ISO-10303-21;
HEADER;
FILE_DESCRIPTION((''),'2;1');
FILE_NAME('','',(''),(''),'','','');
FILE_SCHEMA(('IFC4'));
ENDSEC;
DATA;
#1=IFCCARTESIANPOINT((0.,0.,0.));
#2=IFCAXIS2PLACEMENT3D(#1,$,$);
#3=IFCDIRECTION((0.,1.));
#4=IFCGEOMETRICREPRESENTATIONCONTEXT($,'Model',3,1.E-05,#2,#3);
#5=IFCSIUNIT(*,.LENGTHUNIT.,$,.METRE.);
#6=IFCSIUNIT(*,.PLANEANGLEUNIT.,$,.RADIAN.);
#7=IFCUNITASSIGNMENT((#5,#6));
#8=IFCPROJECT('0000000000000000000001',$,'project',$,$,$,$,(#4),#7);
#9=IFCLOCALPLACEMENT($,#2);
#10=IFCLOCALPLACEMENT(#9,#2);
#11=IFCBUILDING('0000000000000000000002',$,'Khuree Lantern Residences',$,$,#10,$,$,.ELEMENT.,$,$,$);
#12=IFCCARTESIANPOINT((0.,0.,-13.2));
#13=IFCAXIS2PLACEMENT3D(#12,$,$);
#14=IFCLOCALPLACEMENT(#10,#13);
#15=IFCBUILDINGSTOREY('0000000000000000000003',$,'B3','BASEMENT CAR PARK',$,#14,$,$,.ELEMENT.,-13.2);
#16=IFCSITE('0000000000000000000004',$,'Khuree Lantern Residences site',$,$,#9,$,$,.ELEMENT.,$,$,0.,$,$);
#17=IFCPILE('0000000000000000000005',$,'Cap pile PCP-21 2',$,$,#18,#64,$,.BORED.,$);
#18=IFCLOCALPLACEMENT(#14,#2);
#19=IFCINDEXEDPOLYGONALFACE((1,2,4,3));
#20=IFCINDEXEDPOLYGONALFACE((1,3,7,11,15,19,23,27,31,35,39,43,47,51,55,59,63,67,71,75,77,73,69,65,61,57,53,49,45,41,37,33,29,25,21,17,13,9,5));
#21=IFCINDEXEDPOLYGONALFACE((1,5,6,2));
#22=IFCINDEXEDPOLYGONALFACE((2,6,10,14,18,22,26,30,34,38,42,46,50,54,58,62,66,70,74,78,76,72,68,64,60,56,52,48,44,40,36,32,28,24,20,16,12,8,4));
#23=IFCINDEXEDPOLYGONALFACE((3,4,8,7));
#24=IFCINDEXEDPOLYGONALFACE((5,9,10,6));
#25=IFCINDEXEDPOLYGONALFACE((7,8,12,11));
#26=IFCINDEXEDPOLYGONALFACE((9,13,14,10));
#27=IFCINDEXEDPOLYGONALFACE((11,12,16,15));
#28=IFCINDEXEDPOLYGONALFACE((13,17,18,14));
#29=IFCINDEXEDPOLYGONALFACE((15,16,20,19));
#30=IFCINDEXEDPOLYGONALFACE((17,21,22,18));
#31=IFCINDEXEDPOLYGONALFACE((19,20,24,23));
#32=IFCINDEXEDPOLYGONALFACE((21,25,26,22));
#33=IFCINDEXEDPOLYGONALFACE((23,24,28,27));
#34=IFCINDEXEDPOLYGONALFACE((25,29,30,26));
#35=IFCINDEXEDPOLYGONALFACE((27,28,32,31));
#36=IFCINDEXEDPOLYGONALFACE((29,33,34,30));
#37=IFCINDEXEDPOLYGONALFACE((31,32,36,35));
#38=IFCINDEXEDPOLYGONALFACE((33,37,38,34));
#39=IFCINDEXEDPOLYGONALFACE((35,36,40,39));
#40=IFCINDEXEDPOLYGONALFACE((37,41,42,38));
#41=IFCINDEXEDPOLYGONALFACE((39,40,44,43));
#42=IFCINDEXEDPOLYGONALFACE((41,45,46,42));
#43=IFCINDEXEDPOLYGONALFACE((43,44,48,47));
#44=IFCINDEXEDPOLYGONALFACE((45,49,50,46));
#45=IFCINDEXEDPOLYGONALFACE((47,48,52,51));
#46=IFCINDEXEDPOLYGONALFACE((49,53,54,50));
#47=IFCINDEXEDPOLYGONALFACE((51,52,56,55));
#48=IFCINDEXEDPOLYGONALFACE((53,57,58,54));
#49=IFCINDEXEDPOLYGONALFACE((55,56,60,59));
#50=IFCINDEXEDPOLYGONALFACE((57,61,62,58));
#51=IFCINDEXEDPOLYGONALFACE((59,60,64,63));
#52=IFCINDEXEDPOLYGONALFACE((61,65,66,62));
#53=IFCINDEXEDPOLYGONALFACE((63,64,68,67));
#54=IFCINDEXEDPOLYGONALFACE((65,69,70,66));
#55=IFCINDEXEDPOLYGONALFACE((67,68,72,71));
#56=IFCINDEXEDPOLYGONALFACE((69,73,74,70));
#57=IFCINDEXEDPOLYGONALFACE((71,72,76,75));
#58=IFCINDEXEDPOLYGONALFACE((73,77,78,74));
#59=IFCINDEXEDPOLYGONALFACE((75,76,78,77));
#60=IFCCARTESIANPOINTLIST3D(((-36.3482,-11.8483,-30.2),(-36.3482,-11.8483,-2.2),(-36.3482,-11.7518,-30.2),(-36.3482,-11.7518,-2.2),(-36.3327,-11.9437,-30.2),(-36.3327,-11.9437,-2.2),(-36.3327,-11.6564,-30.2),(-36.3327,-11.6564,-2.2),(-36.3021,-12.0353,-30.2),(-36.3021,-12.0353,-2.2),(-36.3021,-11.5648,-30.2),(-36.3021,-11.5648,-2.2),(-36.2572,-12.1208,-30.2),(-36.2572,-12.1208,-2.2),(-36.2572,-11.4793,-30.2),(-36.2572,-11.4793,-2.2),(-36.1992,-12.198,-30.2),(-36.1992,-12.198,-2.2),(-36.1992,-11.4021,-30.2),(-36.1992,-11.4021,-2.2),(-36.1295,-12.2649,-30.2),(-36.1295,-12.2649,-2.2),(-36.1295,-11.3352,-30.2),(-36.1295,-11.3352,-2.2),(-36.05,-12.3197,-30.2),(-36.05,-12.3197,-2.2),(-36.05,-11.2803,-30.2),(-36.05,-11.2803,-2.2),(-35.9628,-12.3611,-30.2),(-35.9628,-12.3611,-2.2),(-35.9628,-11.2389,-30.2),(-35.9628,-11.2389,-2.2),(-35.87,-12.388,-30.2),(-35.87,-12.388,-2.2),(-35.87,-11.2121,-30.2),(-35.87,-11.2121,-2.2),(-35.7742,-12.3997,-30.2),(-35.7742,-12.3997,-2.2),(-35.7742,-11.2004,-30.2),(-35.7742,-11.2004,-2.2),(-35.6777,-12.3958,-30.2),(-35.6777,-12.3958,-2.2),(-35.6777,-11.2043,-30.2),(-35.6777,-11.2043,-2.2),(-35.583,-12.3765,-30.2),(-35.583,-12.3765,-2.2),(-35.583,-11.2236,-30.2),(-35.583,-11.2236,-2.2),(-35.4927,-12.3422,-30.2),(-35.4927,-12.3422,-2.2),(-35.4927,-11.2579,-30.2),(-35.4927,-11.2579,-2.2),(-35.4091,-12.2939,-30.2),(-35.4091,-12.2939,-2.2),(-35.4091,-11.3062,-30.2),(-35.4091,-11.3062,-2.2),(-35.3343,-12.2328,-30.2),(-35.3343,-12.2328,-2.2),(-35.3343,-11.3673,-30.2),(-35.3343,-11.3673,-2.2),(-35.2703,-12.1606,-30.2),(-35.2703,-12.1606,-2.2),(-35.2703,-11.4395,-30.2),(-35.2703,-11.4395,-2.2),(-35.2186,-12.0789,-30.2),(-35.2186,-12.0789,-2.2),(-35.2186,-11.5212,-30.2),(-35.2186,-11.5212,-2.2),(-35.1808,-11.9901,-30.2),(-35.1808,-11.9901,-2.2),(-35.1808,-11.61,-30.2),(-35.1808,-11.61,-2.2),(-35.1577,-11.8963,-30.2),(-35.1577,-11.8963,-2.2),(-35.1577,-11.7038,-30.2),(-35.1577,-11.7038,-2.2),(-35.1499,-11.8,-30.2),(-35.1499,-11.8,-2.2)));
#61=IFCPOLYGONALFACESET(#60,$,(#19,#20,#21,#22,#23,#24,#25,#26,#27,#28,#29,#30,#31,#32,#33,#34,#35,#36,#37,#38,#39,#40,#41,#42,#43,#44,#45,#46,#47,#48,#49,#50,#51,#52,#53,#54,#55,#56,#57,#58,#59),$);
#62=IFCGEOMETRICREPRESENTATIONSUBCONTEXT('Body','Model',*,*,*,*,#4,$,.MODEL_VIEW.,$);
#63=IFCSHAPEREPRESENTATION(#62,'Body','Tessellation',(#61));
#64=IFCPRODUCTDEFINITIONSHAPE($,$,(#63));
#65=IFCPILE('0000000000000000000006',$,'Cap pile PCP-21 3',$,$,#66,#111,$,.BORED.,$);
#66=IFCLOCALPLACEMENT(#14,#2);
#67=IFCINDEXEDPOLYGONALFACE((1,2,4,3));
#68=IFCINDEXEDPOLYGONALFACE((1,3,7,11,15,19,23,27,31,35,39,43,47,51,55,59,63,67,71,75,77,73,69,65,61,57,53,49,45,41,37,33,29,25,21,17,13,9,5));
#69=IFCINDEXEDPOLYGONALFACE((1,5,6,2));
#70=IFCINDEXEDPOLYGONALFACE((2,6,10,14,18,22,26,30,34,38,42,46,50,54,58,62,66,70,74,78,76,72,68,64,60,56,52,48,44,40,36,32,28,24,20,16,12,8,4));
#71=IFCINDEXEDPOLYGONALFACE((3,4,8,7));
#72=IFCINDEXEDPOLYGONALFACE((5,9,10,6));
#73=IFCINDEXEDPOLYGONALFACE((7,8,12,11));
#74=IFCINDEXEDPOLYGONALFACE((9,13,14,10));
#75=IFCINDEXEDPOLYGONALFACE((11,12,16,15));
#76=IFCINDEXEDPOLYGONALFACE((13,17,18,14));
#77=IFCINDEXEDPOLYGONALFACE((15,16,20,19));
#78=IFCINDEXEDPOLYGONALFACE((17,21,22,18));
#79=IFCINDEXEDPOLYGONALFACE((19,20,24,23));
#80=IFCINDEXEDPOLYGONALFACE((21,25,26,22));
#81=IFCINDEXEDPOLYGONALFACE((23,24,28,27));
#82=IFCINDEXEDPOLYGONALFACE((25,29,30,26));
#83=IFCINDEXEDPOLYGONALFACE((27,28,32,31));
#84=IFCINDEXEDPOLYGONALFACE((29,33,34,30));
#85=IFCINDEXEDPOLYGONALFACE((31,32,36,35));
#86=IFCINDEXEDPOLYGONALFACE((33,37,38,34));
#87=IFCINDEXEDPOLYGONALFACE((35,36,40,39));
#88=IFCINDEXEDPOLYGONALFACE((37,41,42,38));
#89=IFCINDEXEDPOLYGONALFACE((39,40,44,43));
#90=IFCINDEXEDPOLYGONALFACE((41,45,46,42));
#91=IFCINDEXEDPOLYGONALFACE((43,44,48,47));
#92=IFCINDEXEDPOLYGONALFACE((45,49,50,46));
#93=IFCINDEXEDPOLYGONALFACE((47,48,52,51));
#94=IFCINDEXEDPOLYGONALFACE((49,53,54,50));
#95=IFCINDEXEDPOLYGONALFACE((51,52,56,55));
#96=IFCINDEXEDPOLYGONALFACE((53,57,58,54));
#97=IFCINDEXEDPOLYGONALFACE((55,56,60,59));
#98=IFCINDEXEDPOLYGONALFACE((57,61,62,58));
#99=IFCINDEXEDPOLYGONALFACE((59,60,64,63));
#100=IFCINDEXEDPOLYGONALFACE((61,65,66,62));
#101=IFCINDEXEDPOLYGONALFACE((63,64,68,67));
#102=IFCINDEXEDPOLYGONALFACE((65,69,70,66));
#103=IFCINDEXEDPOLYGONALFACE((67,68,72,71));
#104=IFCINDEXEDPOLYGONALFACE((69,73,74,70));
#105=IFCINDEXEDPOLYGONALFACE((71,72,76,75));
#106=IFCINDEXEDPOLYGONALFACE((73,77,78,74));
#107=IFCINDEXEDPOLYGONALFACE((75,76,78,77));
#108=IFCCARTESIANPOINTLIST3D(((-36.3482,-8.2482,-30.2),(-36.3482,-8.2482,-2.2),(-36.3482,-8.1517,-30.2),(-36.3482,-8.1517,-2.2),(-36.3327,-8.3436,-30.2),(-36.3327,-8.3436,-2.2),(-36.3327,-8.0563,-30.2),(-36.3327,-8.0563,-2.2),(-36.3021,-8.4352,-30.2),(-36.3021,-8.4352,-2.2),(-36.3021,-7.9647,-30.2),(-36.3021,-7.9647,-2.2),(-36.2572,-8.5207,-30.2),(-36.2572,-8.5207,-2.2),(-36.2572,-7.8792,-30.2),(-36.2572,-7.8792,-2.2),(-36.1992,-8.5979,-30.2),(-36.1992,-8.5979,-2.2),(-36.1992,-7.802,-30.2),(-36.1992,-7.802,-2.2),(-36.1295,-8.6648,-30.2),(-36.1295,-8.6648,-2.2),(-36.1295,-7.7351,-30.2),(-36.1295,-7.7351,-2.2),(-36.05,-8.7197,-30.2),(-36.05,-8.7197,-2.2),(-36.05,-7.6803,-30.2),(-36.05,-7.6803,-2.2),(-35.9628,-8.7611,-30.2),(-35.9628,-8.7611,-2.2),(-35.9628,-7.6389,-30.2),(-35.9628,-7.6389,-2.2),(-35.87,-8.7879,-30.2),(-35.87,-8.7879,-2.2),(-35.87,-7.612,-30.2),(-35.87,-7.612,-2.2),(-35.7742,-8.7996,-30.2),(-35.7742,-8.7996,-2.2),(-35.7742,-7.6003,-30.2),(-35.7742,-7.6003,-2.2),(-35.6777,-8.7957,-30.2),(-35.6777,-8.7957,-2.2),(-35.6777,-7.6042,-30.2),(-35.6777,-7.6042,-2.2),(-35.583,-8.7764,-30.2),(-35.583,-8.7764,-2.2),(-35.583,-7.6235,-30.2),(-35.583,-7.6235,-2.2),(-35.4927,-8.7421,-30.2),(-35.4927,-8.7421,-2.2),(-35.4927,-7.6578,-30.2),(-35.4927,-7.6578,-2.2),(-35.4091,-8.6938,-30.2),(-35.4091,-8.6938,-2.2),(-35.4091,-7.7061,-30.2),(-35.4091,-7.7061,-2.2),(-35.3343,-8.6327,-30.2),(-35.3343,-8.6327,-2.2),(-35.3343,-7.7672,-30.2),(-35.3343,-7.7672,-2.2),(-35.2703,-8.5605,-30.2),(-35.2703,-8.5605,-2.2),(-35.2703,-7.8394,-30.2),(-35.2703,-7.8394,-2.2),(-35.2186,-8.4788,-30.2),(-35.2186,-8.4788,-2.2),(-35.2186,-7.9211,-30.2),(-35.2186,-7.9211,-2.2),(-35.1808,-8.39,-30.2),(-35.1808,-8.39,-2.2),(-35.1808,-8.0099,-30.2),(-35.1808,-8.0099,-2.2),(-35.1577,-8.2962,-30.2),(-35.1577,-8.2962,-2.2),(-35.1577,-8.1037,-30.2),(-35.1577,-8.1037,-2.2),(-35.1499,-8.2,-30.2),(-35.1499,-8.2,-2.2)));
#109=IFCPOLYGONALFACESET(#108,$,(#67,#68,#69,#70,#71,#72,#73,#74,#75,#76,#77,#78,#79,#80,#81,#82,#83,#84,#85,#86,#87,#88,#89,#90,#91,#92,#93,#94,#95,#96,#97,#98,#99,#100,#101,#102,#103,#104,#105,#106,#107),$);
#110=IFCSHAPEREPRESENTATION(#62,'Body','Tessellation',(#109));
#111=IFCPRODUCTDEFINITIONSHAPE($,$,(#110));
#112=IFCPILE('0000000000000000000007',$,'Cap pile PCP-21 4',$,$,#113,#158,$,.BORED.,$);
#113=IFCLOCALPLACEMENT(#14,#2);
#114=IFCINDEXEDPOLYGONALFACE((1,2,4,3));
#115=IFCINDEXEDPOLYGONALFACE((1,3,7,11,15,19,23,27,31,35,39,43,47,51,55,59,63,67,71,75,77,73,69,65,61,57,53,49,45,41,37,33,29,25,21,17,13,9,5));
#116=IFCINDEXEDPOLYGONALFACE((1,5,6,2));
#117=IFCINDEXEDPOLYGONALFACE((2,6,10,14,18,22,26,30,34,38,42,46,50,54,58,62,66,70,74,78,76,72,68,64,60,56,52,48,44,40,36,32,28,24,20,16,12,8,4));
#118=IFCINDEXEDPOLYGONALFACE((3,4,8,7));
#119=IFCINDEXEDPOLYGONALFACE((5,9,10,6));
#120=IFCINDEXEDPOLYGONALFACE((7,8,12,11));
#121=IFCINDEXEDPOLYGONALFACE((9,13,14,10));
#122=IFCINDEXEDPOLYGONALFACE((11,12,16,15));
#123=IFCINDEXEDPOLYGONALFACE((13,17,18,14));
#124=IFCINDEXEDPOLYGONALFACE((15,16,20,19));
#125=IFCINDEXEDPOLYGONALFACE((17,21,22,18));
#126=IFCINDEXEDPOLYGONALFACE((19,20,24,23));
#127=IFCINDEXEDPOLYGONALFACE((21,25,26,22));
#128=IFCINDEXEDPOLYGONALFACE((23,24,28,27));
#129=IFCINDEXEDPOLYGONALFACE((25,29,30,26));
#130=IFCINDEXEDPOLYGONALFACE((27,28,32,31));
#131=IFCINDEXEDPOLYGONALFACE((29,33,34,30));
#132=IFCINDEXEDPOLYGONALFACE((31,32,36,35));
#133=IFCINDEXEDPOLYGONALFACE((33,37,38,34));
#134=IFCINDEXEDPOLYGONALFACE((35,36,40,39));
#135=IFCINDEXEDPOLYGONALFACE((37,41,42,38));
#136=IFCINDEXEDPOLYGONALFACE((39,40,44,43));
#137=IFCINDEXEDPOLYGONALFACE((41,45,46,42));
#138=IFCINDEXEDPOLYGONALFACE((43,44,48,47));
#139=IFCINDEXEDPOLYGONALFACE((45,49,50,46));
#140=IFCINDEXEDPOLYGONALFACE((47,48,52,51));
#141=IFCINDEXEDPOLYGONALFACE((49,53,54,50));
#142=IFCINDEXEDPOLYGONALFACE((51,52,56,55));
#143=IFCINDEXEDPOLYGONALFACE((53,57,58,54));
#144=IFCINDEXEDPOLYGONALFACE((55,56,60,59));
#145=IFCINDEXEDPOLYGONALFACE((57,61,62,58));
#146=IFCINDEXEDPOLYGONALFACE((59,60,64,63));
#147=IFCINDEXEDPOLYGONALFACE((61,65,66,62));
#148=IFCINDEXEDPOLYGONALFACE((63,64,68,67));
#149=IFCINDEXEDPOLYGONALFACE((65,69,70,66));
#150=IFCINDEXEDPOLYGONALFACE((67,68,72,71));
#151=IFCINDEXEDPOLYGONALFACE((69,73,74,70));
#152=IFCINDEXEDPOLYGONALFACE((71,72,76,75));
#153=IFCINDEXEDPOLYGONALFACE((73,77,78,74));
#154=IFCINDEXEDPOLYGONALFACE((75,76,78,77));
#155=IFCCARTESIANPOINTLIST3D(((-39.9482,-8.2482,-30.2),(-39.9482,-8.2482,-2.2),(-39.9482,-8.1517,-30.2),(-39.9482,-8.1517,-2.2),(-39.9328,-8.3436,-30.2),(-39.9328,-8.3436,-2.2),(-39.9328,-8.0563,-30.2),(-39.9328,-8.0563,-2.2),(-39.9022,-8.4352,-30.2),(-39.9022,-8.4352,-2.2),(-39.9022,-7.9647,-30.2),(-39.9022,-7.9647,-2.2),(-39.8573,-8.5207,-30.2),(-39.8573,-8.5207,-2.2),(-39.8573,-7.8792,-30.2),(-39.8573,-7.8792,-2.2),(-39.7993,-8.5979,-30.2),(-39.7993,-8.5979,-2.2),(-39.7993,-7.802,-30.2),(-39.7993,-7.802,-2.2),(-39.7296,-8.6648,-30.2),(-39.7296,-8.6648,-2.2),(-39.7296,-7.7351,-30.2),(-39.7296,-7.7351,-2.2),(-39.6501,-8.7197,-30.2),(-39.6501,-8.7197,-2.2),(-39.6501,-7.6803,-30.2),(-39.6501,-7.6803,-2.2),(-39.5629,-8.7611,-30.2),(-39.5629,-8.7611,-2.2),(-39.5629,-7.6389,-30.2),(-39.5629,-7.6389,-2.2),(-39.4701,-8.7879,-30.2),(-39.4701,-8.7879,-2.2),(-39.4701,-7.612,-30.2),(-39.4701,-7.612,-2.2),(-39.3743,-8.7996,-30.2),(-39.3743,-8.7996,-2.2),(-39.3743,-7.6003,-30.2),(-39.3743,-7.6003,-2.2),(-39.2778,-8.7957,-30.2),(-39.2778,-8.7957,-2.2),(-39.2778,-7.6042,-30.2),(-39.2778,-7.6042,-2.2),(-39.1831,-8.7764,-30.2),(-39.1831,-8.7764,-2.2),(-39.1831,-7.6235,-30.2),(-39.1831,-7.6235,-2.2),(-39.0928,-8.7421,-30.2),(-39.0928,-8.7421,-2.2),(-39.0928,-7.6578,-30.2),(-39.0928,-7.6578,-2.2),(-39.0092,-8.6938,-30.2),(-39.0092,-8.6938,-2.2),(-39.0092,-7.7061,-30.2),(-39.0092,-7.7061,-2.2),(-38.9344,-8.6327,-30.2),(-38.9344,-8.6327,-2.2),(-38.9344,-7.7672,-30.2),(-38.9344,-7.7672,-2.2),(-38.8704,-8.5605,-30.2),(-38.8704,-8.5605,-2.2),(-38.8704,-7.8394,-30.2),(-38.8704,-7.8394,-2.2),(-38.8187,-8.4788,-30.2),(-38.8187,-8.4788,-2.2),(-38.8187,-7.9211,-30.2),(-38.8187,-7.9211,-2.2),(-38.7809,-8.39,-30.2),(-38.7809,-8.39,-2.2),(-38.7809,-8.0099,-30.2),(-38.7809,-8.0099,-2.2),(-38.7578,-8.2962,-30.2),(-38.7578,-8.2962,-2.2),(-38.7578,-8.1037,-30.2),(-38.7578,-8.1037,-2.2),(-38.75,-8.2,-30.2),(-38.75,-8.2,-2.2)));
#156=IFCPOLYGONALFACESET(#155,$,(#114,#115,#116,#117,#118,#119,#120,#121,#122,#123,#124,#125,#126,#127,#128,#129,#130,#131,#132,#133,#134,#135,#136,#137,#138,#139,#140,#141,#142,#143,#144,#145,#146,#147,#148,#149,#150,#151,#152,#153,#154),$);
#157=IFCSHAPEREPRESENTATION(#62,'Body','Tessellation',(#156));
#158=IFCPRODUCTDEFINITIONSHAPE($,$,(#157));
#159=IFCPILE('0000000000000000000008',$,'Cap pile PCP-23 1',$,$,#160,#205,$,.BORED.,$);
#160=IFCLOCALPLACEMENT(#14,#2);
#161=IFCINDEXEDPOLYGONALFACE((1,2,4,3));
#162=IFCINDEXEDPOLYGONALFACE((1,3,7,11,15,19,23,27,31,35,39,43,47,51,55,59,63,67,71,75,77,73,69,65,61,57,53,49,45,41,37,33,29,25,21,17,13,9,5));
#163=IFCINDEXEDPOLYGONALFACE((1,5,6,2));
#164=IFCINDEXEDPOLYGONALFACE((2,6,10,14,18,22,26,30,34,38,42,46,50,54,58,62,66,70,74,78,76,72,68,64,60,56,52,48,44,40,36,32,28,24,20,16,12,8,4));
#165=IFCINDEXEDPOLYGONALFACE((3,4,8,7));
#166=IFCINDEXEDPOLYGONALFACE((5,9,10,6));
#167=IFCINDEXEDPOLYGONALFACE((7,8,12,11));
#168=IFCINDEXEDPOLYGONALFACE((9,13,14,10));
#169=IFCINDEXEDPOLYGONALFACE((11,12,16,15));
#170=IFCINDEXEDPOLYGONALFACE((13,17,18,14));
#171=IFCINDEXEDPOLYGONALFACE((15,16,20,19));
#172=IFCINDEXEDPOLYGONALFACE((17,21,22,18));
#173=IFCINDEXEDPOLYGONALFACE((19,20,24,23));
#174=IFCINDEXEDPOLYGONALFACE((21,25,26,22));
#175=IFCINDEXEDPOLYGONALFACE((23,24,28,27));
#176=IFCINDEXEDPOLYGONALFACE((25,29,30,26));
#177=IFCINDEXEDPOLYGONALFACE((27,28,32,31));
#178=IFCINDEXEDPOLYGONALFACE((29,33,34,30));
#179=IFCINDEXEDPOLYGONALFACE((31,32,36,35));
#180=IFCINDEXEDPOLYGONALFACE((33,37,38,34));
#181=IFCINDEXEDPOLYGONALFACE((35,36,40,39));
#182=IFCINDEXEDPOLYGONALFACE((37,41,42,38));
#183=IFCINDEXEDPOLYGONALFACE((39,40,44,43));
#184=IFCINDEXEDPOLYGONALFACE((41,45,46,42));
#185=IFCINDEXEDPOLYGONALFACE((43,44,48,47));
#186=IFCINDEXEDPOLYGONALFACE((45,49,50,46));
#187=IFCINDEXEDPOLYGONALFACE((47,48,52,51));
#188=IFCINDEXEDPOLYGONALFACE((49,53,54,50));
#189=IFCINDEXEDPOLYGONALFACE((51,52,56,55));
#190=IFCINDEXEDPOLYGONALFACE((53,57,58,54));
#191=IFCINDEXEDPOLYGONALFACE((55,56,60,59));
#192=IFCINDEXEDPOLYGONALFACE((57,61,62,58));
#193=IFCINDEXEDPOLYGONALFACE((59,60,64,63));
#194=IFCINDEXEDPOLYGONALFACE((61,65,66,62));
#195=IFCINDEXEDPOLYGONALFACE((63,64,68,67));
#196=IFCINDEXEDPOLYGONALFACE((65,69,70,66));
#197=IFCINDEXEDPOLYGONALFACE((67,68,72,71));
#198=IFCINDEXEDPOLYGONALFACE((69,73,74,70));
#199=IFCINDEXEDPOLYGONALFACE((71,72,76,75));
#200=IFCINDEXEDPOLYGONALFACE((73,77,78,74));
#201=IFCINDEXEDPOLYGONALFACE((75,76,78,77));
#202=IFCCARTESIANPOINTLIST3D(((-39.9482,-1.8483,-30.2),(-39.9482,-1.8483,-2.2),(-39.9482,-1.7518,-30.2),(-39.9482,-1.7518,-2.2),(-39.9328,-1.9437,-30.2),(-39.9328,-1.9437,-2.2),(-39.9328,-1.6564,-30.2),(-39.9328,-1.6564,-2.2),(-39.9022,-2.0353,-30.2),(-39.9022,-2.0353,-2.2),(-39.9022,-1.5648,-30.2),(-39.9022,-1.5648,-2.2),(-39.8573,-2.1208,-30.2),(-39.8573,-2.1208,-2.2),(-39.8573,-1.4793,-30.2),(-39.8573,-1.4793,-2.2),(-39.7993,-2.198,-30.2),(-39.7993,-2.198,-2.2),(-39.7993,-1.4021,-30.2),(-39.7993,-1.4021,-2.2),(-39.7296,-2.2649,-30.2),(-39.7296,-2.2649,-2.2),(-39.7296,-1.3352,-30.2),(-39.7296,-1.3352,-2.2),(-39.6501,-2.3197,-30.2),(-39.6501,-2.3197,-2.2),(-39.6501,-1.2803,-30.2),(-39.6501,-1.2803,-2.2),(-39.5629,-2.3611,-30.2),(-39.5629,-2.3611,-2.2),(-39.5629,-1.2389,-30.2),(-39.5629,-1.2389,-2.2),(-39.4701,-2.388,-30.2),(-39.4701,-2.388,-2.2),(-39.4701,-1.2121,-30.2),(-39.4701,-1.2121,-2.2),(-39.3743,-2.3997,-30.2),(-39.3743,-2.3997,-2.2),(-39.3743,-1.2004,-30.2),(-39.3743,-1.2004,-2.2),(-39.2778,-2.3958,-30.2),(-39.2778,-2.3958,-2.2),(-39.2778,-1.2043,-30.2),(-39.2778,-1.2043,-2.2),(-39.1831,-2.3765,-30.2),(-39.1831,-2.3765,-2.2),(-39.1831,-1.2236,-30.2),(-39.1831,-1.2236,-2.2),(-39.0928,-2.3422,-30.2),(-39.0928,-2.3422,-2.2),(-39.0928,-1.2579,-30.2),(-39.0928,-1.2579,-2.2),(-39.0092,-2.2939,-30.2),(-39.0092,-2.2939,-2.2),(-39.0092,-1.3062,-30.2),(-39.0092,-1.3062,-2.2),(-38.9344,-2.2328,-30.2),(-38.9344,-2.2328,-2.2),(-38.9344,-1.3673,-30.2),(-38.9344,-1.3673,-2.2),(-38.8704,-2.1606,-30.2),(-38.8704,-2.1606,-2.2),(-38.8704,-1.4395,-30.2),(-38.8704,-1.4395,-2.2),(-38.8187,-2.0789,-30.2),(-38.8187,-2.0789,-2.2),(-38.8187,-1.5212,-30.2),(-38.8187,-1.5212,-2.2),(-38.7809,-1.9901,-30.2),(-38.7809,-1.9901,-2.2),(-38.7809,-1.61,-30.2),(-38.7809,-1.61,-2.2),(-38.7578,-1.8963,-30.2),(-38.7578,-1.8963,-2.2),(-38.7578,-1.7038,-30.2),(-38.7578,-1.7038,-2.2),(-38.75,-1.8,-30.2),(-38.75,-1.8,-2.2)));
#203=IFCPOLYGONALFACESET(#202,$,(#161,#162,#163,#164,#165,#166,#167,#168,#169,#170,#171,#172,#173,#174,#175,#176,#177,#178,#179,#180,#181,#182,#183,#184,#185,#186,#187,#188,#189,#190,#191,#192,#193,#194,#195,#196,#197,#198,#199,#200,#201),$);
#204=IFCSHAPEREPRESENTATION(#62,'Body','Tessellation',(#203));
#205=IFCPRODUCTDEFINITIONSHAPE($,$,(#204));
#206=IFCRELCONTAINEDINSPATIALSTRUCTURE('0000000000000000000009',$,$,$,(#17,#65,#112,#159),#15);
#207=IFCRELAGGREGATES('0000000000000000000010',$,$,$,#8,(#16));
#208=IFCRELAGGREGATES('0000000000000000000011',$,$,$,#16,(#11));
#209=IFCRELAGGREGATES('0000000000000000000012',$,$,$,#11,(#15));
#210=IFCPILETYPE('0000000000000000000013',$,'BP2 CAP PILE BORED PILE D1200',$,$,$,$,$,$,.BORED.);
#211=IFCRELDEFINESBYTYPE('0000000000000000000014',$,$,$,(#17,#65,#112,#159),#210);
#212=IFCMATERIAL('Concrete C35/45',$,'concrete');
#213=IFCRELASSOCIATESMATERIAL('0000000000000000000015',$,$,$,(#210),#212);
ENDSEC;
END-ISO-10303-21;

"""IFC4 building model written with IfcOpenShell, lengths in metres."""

from ifc_helpers import new_model, si_unit, direction, frame, origin, origin_2d, place, context, subcontext, project, spatial, circle, extrude, material, material_profile, profile_set, type_object, element, save


model = new_model("IFC4")

# Units and contexts
model_context = context("Model", 3, precision=1e-05, world=origin(), true_north=direction((0.0, 1.0)))
body_context = subcontext(model_context, "Body", "Model", "MODEL_VIEW")
ifc_project = project(units=[si_unit("LENGTHUNIT", "METRE"), si_unit("PLANEANGLEUNIT", "RADIAN")], contexts=[model_context])

# Site, building, storey
site_placement = place(None, origin())
site = spatial("IfcSite", under=ifc_project, at=site_placement, Name="Khuree Lantern Residences site", CompositionType="ELEMENT", RefElevation=0.0)
building_placement = place(site_placement, origin())
building = spatial("IfcBuilding", under=site, at=building_placement, Name="Khuree Lantern Residences", CompositionType="ELEMENT")
storey_placement = place(building_placement, frame((0.0, 0.0, -13.2)))
storey = spatial("IfcBuildingStorey", under=building, at=storey_placement, Name="B3", Description="BASEMENT CAR PARK", CompositionType="ELEMENT", Elevation=-13.2)

# Piles
ifc_material_1 = material(Name="Concrete C35/45", Category="concrete")
ifc_material_profile_1 = material_profile(ifc_material_1, circle(Radius=0.6001, at=origin_2d()), Name="BORED PILE D1200")
ifc_profile_set_1 = profile_set([ifc_material_profile_1], Name="Concrete C35/45")
pile_type_1 = type_object("IfcPileType", Name="BP2 CAP PILE BORED PILE D1200", PredefinedType="BORED", material=ifc_profile_set_1)
for number, where, z_axis, x_axis, name in (
    (1, (-35.75, -11.8, -2.2), (0.0, 0.0, -1.0), (1.0, 0.0, 0.0), "Cap pile PCP-21 2"),
    (2, (-35.75, -8.2, -2.2), (0.0, 0.0, -1.0), (1.0, 0.0, 0.0), "Cap pile PCP-21 3"),
    (3, (-39.3501, -8.2, -2.2), (0.0, 0.0, -1.0), (1.0, 0.0, 0.0), "Cap pile PCP-21 4"),
    (4, (-39.3501, -1.8, -2.2), (0.0, 0.0, -1.0), (1.0, 0.0, 0.0), "Cap pile PCP-23 1"),
):
    element("IfcPile", number, at=place(storey_placement, frame(where, z_axis=z_axis, x_axis=x_axis)), inside=storey, type_object=pile_type_1, Name=name, PredefinedType="BORED", context=body_context, shape_type="SweptSolid", body=[
        extrude(circle(Radius=0.6001, at=origin_2d()), origin(), (0.0, 0.0, 1.0), 28.0),
    ])

save(model, "model.ifc")
